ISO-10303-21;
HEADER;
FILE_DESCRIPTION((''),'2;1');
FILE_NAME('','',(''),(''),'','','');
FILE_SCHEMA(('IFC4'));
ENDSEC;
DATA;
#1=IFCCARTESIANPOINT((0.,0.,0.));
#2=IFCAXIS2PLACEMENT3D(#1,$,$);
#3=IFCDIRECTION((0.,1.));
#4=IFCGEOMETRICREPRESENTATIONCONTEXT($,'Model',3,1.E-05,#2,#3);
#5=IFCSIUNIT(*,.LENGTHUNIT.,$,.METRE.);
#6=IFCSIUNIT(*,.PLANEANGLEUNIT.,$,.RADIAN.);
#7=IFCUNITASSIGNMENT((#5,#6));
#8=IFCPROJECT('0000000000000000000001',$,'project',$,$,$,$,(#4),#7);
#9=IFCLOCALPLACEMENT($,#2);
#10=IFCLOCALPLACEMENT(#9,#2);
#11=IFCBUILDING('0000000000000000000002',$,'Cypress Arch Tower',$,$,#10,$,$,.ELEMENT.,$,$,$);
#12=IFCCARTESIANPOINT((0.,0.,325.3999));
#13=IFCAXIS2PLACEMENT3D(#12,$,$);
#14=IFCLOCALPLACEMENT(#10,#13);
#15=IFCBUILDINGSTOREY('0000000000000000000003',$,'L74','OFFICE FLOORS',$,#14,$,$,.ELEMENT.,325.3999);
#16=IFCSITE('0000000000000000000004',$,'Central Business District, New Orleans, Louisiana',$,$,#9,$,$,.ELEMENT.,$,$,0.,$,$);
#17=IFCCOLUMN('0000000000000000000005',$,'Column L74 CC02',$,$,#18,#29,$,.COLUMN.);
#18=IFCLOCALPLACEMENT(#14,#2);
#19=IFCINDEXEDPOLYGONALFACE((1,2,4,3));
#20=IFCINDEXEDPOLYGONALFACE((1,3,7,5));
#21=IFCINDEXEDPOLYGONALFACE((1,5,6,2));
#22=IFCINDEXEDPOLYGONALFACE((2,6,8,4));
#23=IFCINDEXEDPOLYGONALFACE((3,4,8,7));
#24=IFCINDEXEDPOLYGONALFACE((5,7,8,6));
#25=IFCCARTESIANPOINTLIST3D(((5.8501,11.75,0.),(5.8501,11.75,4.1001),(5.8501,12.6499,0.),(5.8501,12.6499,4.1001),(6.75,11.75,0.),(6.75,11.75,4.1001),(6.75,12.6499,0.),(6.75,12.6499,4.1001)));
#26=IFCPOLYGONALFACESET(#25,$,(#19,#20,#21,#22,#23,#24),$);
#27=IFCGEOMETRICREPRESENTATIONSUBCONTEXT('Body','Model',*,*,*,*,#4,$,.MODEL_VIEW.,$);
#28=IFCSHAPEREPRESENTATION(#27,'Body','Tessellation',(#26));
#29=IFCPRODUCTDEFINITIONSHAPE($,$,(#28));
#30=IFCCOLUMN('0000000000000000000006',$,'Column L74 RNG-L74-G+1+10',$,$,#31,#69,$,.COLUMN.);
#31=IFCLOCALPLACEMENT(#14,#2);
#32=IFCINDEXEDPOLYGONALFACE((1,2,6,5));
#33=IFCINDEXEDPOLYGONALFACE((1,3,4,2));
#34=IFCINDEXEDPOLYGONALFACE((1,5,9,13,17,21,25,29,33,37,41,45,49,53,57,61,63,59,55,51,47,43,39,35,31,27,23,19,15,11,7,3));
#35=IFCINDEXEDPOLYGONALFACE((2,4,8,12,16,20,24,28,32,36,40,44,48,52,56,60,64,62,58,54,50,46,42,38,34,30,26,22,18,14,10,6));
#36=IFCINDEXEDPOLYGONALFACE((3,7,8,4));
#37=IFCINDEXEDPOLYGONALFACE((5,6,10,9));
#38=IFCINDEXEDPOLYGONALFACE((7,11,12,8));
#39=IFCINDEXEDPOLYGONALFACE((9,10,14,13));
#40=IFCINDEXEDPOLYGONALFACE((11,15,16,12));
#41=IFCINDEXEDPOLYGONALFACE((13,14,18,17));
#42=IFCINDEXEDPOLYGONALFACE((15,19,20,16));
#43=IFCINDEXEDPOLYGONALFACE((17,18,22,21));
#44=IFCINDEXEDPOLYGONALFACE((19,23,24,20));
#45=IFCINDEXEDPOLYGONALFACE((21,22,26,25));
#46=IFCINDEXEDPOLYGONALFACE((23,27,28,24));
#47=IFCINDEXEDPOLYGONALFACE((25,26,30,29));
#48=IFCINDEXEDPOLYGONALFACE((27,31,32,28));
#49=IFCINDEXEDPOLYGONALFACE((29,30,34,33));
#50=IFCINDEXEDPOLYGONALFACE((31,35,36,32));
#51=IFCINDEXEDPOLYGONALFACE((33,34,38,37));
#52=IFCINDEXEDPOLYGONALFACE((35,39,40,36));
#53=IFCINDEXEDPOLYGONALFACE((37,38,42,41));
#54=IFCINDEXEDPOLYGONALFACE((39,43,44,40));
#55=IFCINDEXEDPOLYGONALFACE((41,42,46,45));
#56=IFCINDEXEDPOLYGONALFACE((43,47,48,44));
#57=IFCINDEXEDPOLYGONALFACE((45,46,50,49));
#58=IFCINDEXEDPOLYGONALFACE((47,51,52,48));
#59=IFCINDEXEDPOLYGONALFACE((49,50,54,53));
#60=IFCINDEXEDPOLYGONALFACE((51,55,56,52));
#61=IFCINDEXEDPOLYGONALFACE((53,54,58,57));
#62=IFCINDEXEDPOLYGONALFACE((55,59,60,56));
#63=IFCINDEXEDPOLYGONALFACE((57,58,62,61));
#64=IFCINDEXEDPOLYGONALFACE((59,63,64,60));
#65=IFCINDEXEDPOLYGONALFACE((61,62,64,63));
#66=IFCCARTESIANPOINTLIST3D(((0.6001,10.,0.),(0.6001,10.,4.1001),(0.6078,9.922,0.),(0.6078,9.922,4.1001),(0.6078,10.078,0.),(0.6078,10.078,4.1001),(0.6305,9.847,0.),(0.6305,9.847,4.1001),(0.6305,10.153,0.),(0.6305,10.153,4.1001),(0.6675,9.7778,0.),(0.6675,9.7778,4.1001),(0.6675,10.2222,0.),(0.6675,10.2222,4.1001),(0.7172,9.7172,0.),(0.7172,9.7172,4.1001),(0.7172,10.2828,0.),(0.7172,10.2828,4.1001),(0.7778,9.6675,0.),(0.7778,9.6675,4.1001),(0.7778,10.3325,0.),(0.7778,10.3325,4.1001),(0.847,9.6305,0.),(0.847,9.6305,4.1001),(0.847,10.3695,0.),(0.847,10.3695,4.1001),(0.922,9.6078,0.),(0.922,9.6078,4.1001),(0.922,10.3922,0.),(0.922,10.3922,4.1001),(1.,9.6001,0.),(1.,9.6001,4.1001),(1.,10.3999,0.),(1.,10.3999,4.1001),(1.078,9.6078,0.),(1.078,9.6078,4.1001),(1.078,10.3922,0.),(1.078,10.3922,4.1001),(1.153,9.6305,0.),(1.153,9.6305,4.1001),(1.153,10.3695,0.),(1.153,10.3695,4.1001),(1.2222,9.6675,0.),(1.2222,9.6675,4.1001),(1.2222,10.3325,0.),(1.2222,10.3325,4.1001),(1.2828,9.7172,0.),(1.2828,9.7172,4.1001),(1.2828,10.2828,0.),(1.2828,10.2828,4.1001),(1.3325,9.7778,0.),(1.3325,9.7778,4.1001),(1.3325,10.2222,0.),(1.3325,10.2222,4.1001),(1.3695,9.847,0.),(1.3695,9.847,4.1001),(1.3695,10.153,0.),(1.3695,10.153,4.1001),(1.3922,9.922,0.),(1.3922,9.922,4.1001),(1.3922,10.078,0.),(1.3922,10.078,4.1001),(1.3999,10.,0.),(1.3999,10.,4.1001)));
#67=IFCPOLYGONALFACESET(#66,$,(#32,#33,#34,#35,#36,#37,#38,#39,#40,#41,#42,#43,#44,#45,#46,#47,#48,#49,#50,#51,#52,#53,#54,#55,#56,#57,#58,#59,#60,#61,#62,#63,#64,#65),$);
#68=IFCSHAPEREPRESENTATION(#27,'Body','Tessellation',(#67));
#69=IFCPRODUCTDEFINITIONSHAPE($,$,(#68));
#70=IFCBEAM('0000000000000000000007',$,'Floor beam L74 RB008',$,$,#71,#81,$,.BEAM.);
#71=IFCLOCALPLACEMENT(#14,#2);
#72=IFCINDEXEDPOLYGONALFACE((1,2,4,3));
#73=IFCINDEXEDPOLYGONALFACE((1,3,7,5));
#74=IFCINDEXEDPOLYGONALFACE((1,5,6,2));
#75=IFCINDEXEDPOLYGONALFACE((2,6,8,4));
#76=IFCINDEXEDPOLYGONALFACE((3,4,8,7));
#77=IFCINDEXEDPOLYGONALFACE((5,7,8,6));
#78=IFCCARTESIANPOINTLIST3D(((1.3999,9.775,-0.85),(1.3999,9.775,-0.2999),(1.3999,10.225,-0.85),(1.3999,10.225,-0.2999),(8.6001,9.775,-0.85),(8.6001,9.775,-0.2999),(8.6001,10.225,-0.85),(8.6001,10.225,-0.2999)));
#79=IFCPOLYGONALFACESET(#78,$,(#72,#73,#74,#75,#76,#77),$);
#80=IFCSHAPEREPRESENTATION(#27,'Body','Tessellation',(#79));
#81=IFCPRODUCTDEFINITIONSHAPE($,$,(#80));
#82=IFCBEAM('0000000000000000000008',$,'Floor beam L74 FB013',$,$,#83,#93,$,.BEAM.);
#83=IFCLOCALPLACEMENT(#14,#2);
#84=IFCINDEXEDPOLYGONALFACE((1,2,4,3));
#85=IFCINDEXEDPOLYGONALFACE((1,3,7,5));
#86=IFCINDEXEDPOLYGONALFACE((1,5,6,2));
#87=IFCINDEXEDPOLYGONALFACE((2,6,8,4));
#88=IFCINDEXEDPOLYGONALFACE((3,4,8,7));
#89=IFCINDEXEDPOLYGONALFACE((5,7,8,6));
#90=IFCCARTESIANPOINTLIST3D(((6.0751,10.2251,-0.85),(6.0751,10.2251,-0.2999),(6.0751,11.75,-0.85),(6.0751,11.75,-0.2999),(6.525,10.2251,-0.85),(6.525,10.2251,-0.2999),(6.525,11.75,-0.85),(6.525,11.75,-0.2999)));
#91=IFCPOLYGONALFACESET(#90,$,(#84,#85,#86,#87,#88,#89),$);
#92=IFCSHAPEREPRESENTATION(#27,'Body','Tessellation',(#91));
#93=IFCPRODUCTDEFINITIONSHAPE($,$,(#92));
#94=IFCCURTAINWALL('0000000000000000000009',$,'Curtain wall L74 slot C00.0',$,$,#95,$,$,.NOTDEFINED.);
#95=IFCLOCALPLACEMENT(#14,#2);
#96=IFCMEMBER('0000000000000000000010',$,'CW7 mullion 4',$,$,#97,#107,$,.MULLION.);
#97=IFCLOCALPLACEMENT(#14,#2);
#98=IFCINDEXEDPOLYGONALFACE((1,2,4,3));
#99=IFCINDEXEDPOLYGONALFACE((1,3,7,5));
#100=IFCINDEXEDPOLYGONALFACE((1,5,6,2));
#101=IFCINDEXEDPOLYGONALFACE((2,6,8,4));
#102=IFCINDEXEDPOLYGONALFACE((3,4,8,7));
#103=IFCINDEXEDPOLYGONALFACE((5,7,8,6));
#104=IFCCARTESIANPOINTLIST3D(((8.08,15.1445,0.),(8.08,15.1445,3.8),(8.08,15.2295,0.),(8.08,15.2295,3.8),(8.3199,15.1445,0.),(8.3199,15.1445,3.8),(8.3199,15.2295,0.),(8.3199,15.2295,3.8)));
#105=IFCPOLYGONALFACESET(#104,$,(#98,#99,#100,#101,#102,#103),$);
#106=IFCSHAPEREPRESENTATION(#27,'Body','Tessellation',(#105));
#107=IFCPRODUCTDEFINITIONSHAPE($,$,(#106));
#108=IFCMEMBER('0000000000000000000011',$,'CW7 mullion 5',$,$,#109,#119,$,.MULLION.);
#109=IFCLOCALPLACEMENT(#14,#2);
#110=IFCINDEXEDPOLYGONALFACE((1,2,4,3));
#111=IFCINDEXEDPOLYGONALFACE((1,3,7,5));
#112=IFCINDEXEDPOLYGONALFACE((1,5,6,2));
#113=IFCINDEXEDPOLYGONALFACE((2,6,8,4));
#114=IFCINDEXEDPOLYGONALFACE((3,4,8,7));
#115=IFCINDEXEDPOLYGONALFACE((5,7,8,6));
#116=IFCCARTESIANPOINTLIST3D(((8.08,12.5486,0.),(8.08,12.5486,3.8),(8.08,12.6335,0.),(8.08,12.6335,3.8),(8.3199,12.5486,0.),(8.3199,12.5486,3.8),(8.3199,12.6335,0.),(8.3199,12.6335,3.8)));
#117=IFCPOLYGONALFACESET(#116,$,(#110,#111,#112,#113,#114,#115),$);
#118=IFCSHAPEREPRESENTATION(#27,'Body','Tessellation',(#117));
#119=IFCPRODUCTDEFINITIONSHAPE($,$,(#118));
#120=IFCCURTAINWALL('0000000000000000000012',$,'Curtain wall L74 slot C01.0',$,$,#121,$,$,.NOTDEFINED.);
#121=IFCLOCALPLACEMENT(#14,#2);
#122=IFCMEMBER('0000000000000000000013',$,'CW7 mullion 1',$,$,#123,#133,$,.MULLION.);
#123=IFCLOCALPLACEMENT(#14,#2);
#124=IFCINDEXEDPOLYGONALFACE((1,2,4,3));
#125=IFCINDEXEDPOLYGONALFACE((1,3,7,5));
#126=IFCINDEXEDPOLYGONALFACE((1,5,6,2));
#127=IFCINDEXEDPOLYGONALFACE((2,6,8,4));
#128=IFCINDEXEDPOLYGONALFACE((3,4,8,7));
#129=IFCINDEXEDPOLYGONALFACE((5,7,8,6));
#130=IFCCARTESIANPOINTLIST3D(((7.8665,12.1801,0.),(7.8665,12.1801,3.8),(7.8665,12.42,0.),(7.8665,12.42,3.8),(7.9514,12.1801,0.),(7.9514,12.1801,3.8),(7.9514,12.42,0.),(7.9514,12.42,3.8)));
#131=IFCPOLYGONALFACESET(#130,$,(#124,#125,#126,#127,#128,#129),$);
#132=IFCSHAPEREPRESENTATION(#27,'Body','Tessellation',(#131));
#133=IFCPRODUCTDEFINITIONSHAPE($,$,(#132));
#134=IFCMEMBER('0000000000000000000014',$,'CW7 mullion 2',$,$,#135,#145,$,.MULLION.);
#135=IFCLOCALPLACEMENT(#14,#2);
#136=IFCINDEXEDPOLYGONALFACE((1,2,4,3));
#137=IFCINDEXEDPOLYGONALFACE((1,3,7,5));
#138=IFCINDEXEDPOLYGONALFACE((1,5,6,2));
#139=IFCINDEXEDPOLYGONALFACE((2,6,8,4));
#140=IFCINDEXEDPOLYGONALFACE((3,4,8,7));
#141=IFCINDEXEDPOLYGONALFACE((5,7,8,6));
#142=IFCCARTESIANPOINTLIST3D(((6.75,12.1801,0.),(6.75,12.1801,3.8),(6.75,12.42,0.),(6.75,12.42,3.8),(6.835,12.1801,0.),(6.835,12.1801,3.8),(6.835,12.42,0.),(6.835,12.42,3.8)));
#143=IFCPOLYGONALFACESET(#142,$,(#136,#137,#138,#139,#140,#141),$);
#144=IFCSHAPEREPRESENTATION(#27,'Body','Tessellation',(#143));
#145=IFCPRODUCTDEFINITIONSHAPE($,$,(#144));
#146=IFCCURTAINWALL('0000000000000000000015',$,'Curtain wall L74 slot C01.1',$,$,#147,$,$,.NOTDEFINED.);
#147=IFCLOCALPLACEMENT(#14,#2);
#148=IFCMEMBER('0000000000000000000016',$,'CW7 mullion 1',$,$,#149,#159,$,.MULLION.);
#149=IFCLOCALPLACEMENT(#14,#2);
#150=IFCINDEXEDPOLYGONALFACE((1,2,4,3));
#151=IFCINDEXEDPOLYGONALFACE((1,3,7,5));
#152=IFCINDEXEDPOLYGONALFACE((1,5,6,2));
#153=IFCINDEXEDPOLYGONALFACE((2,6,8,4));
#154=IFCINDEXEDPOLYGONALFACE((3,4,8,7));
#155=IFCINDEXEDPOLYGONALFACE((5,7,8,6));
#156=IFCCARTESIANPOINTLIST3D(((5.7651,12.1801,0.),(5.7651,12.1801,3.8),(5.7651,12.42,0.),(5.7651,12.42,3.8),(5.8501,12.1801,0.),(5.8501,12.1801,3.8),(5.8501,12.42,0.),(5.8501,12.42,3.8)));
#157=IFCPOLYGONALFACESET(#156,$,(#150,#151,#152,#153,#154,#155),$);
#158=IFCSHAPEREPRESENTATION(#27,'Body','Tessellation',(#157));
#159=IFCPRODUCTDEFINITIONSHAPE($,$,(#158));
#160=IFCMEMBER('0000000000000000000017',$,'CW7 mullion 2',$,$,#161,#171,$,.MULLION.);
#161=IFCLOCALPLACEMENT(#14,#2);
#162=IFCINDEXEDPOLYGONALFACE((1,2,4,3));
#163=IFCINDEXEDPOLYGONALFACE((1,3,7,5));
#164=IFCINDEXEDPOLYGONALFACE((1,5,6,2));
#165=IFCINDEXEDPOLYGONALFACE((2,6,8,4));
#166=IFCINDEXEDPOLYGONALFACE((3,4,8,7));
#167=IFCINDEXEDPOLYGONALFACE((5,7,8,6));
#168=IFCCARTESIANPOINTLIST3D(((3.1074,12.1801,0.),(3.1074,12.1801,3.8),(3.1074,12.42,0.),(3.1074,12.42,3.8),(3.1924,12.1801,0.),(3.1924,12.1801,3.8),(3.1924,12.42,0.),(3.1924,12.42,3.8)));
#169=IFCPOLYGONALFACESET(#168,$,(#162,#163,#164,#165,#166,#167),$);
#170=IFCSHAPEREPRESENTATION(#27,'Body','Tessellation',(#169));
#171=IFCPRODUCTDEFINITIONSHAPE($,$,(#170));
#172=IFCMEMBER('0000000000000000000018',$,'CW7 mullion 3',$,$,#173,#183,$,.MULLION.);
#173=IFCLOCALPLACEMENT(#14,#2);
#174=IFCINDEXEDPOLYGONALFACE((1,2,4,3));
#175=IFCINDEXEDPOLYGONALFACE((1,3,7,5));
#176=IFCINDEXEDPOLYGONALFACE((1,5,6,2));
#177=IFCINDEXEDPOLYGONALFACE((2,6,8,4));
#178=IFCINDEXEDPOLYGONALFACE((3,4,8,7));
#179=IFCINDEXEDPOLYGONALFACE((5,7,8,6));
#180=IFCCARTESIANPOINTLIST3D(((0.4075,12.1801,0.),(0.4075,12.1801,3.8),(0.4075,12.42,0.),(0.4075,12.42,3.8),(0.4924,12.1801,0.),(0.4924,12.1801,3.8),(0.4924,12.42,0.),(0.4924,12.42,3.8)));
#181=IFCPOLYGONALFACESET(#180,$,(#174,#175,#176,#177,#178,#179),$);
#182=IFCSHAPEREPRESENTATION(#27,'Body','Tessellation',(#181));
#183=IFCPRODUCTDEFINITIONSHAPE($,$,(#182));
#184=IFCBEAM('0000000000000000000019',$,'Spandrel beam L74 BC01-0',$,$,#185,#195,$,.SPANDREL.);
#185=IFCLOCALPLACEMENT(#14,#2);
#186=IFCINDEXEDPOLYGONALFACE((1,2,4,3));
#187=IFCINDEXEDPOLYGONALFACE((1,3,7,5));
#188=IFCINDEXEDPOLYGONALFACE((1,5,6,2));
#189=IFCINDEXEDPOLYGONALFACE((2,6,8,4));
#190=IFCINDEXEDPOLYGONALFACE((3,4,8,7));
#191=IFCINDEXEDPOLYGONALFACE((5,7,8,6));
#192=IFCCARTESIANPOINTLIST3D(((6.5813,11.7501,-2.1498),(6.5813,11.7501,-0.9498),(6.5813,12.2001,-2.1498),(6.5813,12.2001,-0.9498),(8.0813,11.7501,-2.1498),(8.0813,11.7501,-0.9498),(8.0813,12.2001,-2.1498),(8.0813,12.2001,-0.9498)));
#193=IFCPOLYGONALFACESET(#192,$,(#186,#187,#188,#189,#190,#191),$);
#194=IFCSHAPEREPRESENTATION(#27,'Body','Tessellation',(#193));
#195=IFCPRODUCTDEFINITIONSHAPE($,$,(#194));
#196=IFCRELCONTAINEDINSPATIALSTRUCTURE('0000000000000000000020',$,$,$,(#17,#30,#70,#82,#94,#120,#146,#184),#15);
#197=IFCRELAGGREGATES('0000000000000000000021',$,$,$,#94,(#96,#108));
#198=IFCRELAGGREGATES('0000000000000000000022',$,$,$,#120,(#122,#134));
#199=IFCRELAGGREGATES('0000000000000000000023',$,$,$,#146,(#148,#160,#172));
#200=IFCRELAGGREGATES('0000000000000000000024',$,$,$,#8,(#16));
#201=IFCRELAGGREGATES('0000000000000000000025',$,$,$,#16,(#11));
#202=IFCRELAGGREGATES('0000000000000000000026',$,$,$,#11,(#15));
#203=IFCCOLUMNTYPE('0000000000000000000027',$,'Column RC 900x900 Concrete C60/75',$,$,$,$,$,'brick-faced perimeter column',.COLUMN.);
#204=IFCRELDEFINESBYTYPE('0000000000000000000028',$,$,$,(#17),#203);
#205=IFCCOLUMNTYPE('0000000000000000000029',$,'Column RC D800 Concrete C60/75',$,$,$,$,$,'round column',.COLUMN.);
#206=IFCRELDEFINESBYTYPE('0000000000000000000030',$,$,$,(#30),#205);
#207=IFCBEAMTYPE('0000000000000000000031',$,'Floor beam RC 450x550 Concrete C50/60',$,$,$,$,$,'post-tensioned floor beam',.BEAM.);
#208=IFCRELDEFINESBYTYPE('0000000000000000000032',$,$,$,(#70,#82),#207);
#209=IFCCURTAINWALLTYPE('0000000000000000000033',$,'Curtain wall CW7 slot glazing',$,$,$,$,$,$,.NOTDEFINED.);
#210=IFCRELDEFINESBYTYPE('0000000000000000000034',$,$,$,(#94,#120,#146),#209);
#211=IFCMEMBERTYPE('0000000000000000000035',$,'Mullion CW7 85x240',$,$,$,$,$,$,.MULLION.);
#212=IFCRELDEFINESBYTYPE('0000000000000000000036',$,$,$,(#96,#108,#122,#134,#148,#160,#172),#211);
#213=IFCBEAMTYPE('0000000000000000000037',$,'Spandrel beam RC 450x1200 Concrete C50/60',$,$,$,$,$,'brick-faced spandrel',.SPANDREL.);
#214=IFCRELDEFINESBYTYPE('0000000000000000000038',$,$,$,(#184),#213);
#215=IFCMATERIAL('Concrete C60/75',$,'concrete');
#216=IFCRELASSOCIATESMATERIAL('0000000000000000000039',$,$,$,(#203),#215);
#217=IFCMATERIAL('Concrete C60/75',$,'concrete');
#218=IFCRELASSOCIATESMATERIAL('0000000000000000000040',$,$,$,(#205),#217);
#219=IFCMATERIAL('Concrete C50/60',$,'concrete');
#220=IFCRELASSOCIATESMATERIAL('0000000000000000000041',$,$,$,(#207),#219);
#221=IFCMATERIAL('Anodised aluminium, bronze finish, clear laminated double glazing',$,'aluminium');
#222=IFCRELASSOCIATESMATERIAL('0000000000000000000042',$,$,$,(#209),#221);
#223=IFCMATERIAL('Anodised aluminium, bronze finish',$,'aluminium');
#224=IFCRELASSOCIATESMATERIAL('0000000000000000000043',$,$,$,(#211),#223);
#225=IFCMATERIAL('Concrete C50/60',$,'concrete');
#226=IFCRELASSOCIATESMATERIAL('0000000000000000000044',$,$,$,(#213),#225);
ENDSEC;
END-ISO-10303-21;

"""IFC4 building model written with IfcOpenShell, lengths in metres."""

from ifc_helpers import new_model, si_unit, direction, frame, origin, origin_2d, place, context, subcontext, project, spatial, rectangle, circle, extrude, material, material_profile, profile_set, type_object, element, aggregate, save


model = new_model("IFC4")

# Units and contexts
model_context = context("Model", 3, precision=1e-05, world=origin(), true_north=direction((0.0, 1.0)))
body_context = subcontext(model_context, "Body", "Model", "MODEL_VIEW")
ifc_project = project(units=[si_unit("LENGTHUNIT", "METRE"), si_unit("PLANEANGLEUNIT", "RADIAN")], contexts=[model_context])

# Site, building, storey
site_placement = place(None, origin())
site = spatial("IfcSite", under=ifc_project, at=site_placement, Name="Central Business District, New Orleans, Louisiana", CompositionType="ELEMENT", RefElevation=0.0)
building_placement = place(site_placement, origin())
building = spatial("IfcBuilding", under=site, at=building_placement, Name="Cypress Arch Tower", CompositionType="ELEMENT")
storey_placement = place(building_placement, frame((0.0, 0.0, 325.3999)))
storey = spatial("IfcBuildingStorey", under=building, at=storey_placement, Name="L74", Description="OFFICE FLOORS", CompositionType="ELEMENT", Elevation=325.3999)

# Columns
ifc_material_1 = material(Name="Concrete C60/75", Category="concrete")
ifc_material_profile_1 = material_profile(ifc_material_1, rectangle(XDim=0.8999, YDim=0.8999, at=origin_2d()), Name="RC 900x900")
ifc_profile_set_1 = profile_set([ifc_material_profile_1], Name="Concrete C60/75")
column_type_1 = type_object("IfcColumnType", Name="Column RC 900x900 Concrete C60/75", ElementType="brick-faced perimeter column", PredefinedType="COLUMN", material=ifc_profile_set_1)
column_1_placement = place(storey_placement, frame((6.3, 12.2, 0.0), z_axis=(0.0, 0.0, 1.0), x_axis=(-1.0, 0.0, 0.0)))
element("IfcColumn", 1, at=column_1_placement, inside=storey, type_object=column_type_1, Name="Column L74 CC02", PredefinedType="COLUMN", context=body_context, shape_type="SweptSolid", body=[
    extrude(rectangle(XDim=0.8999, YDim=0.8999, at=origin_2d()), origin(), (0.0, 0.0, 1.0), 4.1001),
])
ifc_material_2 = material(Name="Concrete C60/75", Category="concrete")
ifc_material_profile_2 = material_profile(ifc_material_2, circle(Radius=0.3999, at=origin_2d()), Name="RC D800")
ifc_profile_set_2 = profile_set([ifc_material_profile_2], Name="Concrete C60/75")
column_type_2 = type_object("IfcColumnType", Name="Column RC D800 Concrete C60/75", ElementType="round column", PredefinedType="COLUMN", material=ifc_profile_set_2)
column_2_placement = place(storey_placement, frame((1.0, 10.0, 0.0), z_axis=(0.0, 0.0, 1.0), x_axis=(1.0, 0.0, 0.0)))
element("IfcColumn", 2, at=column_2_placement, inside=storey, type_object=column_type_2, Name="Column L74 RNG-L74-G+1+10", PredefinedType="COLUMN", context=body_context, shape_type="SweptSolid", body=[
    extrude(circle(Radius=0.3999, at=origin_2d()), origin(), (0.0, 0.0, 1.0), 4.1001),
])

# Beams
ifc_material_3 = material(Name="Concrete C50/60", Category="concrete")
ifc_material_profile_3 = material_profile(ifc_material_3, rectangle(XDim=0.45, YDim=0.55, at=origin_2d()), Name="RC 450x550")
ifc_profile_set_3 = profile_set([ifc_material_profile_3], Name="Concrete C50/60")
beam_type_1 = type_object("IfcBeamType", Name="Floor beam RC 450x550 Concrete C50/60", ElementType="post-tensioned floor beam", PredefinedType="BEAM", material=ifc_profile_set_3)
beam_1_placement = place(storey_placement, frame((1.3999, 10.0, -0.575), z_axis=(1.0, 0.0, 0.0), x_axis=(0.0, 1.0, 0.0)))
element("IfcBeam", 3, at=beam_1_placement, inside=storey, type_object=beam_type_1, Name="Floor beam L74 RB008", PredefinedType="BEAM", context=body_context, shape_type="SweptSolid", body=[
    extrude(rectangle(XDim=0.45, YDim=0.55, at=origin_2d()), origin(), (0.0, 0.0, 1.0), 7.2002),
])
beam_2_placement = place(storey_placement, frame((6.3, 10.2251, -0.575), z_axis=(0.0, 1.0, 0.0), x_axis=(-1.0, 0.0, 0.0)))
element("IfcBeam", 4, at=beam_2_placement, inside=storey, type_object=beam_type_1, Name="Floor beam L74 FB013", PredefinedType="BEAM", context=body_context, shape_type="SweptSolid", body=[
    extrude(rectangle(XDim=0.45, YDim=0.55, at=origin_2d()), origin(), (0.0, 0.0, 1.0), 1.5249),
])

# Curtain walls, members
ifc_material_4 = material(Name="Anodised aluminium, bronze finish, clear laminated double glazing", Category="aluminium")
curtain_wall_type = type_object("IfcCurtainWallType", Name="Curtain wall CW7 slot glazing", PredefinedType="NOTDEFINED", material=ifc_material_4)
curtain_wall_1_placement = place(storey_placement, origin())
curtain_wall_1 = element("IfcCurtainWall", 5, at=curtain_wall_1_placement, inside=storey, type_object=curtain_wall_type, Name="Curtain wall L74 slot C00.0", PredefinedType="NOTDEFINED")
ifc_material_5 = material(Name="Anodised aluminium, bronze finish", Category="aluminium")
ifc_material_profile_4 = material_profile(ifc_material_5, rectangle(XDim=0.24, YDim=0.085, at=origin_2d()), Name="Mullion 85x240")
ifc_profile_set_4 = profile_set([ifc_material_profile_4], Name="Anodised aluminium, bronze finish")
member_type_1 = type_object("IfcMemberType", Name="Mullion CW7 85x240", PredefinedType="MULLION", material=ifc_profile_set_4)
member_1_placement = place(storey_placement, frame((8.2, 15.187, 0.0), z_axis=(0.0, 0.0, 1.0), x_axis=(1.0, 0.0, 0.0)))
member_1 = element("IfcMember", 6, at=member_1_placement, type_object=member_type_1, Name="CW7 mullion 4", PredefinedType="MULLION", context=body_context, shape_type="SweptSolid", body=[
    extrude(rectangle(XDim=0.24, YDim=0.085, at=origin_2d()), origin(), (0.0, 0.0, 1.0), 3.8),
])
member_2_placement = place(storey_placement, frame((8.2, 12.5911, 0.0), z_axis=(0.0, 0.0, 1.0), x_axis=(1.0, 0.0, 0.0)))
member_2 = element("IfcMember", 7, at=member_2_placement, type_object=member_type_1, Name="CW7 mullion 5", PredefinedType="MULLION", context=body_context, shape_type="SweptSolid", body=[
    extrude(rectangle(XDim=0.24, YDim=0.085, at=origin_2d()), origin(), (0.0, 0.0, 1.0), 3.8),
])
curtain_wall_2_placement = place(storey_placement, origin())
curtain_wall_2 = element("IfcCurtainWall", 8, at=curtain_wall_2_placement, inside=storey, type_object=curtain_wall_type, Name="Curtain wall L74 slot C01.0", PredefinedType="NOTDEFINED")
member_3_placement = place(storey_placement, frame((7.9089, 12.3, 0.0), z_axis=(0.0, 0.0, 1.0), x_axis=(0.0, -1.0, 0.0)))
member_3 = element("IfcMember", 9, at=member_3_placement, type_object=member_type_1, Name="CW7 mullion 1", PredefinedType="MULLION", context=body_context, shape_type="SweptSolid", body=[
    extrude(rectangle(XDim=0.24, YDim=0.085, at=origin_2d()), origin(), (0.0, 0.0, 1.0), 3.8),
])
member_4_placement = place(storey_placement, frame((6.7925, 12.3, 0.0), z_axis=(0.0, 0.0, 1.0), x_axis=(0.0, -1.0, 0.0)))
member_4 = element("IfcMember", 10, at=member_4_placement, type_object=member_type_1, Name="CW7 mullion 2", PredefinedType="MULLION", context=body_context, shape_type="SweptSolid", body=[
    extrude(rectangle(XDim=0.24, YDim=0.085, at=origin_2d()), origin(), (0.0, 0.0, 1.0), 3.8),
])
curtain_wall_3_placement = place(storey_placement, origin())
curtain_wall_3 = element("IfcCurtainWall", 11, at=curtain_wall_3_placement, inside=storey, type_object=curtain_wall_type, Name="Curtain wall L74 slot C01.1", PredefinedType="NOTDEFINED")
member_5_placement = place(storey_placement, frame((5.8076, 12.3, 0.0), z_axis=(0.0, 0.0, 1.0), x_axis=(0.0, -1.0, 0.0)))
member_5 = element("IfcMember", 12, at=member_5_placement, type_object=member_type_1, Name="CW7 mullion 1", PredefinedType="MULLION", context=body_context, shape_type="SweptSolid", body=[
    extrude(rectangle(XDim=0.24, YDim=0.085, at=origin_2d()), origin(), (0.0, 0.0, 1.0), 3.8),
])
member_6_placement = place(storey_placement, frame((3.1499, 12.3, 0.0), z_axis=(0.0, 0.0, 1.0), x_axis=(0.0, -1.0, 0.0)))
member_6 = element("IfcMember", 13, at=member_6_placement, type_object=member_type_1, Name="CW7 mullion 2", PredefinedType="MULLION", context=body_context, shape_type="SweptSolid", body=[
    extrude(rectangle(XDim=0.24, YDim=0.085, at=origin_2d()), origin(), (0.0, 0.0, 1.0), 3.8),
])
member_7_placement = place(storey_placement, frame((0.45, 12.3, 0.0), z_axis=(0.0, 0.0, 1.0), x_axis=(0.0, -1.0, 0.0)))
member_7 = element("IfcMember", 14, at=member_7_placement, type_object=member_type_1, Name="CW7 mullion 3", PredefinedType="MULLION", context=body_context, shape_type="SweptSolid", body=[
    extrude(rectangle(XDim=0.24, YDim=0.085, at=origin_2d()), origin(), (0.0, 0.0, 1.0), 3.8),
])

# Beam
ifc_material_6 = material(Name="Concrete C50/60", Category="concrete")
ifc_material_profile_5 = material_profile(ifc_material_6, rectangle(XDim=0.45, YDim=1.2, at=origin_2d()), Name="RC 450x1200")
ifc_profile_set_5 = profile_set([ifc_material_profile_5], Name="Concrete C50/60")
beam_type_2 = type_object("IfcBeamType", Name="Spandrel beam RC 450x1200 Concrete C50/60", ElementType="brick-faced spandrel", PredefinedType="SPANDREL", material=ifc_profile_set_5)
beam_3_placement = place(storey_placement, frame((8.0813, 11.9751, -1.5498), z_axis=(-1.0, 0.0, 0.0), x_axis=(0.0, -1.0, 0.0)))
element("IfcBeam", 15, at=beam_3_placement, inside=storey, type_object=beam_type_2, Name="Spandrel beam L74 BC01-0", PredefinedType="SPANDREL", context=body_context, shape_type="SweptSolid", body=[
    extrude(rectangle(XDim=0.45, YDim=1.2, at=origin_2d()), origin(), (0.0, 0.0, 1.0), 1.5),
])

aggregate(curtain_wall_1, [member_1, member_2])
aggregate(curtain_wall_2, [member_3, member_4])
aggregate(curtain_wall_3, [member_5, member_6, member_7])

save(model, "model.ifc")
